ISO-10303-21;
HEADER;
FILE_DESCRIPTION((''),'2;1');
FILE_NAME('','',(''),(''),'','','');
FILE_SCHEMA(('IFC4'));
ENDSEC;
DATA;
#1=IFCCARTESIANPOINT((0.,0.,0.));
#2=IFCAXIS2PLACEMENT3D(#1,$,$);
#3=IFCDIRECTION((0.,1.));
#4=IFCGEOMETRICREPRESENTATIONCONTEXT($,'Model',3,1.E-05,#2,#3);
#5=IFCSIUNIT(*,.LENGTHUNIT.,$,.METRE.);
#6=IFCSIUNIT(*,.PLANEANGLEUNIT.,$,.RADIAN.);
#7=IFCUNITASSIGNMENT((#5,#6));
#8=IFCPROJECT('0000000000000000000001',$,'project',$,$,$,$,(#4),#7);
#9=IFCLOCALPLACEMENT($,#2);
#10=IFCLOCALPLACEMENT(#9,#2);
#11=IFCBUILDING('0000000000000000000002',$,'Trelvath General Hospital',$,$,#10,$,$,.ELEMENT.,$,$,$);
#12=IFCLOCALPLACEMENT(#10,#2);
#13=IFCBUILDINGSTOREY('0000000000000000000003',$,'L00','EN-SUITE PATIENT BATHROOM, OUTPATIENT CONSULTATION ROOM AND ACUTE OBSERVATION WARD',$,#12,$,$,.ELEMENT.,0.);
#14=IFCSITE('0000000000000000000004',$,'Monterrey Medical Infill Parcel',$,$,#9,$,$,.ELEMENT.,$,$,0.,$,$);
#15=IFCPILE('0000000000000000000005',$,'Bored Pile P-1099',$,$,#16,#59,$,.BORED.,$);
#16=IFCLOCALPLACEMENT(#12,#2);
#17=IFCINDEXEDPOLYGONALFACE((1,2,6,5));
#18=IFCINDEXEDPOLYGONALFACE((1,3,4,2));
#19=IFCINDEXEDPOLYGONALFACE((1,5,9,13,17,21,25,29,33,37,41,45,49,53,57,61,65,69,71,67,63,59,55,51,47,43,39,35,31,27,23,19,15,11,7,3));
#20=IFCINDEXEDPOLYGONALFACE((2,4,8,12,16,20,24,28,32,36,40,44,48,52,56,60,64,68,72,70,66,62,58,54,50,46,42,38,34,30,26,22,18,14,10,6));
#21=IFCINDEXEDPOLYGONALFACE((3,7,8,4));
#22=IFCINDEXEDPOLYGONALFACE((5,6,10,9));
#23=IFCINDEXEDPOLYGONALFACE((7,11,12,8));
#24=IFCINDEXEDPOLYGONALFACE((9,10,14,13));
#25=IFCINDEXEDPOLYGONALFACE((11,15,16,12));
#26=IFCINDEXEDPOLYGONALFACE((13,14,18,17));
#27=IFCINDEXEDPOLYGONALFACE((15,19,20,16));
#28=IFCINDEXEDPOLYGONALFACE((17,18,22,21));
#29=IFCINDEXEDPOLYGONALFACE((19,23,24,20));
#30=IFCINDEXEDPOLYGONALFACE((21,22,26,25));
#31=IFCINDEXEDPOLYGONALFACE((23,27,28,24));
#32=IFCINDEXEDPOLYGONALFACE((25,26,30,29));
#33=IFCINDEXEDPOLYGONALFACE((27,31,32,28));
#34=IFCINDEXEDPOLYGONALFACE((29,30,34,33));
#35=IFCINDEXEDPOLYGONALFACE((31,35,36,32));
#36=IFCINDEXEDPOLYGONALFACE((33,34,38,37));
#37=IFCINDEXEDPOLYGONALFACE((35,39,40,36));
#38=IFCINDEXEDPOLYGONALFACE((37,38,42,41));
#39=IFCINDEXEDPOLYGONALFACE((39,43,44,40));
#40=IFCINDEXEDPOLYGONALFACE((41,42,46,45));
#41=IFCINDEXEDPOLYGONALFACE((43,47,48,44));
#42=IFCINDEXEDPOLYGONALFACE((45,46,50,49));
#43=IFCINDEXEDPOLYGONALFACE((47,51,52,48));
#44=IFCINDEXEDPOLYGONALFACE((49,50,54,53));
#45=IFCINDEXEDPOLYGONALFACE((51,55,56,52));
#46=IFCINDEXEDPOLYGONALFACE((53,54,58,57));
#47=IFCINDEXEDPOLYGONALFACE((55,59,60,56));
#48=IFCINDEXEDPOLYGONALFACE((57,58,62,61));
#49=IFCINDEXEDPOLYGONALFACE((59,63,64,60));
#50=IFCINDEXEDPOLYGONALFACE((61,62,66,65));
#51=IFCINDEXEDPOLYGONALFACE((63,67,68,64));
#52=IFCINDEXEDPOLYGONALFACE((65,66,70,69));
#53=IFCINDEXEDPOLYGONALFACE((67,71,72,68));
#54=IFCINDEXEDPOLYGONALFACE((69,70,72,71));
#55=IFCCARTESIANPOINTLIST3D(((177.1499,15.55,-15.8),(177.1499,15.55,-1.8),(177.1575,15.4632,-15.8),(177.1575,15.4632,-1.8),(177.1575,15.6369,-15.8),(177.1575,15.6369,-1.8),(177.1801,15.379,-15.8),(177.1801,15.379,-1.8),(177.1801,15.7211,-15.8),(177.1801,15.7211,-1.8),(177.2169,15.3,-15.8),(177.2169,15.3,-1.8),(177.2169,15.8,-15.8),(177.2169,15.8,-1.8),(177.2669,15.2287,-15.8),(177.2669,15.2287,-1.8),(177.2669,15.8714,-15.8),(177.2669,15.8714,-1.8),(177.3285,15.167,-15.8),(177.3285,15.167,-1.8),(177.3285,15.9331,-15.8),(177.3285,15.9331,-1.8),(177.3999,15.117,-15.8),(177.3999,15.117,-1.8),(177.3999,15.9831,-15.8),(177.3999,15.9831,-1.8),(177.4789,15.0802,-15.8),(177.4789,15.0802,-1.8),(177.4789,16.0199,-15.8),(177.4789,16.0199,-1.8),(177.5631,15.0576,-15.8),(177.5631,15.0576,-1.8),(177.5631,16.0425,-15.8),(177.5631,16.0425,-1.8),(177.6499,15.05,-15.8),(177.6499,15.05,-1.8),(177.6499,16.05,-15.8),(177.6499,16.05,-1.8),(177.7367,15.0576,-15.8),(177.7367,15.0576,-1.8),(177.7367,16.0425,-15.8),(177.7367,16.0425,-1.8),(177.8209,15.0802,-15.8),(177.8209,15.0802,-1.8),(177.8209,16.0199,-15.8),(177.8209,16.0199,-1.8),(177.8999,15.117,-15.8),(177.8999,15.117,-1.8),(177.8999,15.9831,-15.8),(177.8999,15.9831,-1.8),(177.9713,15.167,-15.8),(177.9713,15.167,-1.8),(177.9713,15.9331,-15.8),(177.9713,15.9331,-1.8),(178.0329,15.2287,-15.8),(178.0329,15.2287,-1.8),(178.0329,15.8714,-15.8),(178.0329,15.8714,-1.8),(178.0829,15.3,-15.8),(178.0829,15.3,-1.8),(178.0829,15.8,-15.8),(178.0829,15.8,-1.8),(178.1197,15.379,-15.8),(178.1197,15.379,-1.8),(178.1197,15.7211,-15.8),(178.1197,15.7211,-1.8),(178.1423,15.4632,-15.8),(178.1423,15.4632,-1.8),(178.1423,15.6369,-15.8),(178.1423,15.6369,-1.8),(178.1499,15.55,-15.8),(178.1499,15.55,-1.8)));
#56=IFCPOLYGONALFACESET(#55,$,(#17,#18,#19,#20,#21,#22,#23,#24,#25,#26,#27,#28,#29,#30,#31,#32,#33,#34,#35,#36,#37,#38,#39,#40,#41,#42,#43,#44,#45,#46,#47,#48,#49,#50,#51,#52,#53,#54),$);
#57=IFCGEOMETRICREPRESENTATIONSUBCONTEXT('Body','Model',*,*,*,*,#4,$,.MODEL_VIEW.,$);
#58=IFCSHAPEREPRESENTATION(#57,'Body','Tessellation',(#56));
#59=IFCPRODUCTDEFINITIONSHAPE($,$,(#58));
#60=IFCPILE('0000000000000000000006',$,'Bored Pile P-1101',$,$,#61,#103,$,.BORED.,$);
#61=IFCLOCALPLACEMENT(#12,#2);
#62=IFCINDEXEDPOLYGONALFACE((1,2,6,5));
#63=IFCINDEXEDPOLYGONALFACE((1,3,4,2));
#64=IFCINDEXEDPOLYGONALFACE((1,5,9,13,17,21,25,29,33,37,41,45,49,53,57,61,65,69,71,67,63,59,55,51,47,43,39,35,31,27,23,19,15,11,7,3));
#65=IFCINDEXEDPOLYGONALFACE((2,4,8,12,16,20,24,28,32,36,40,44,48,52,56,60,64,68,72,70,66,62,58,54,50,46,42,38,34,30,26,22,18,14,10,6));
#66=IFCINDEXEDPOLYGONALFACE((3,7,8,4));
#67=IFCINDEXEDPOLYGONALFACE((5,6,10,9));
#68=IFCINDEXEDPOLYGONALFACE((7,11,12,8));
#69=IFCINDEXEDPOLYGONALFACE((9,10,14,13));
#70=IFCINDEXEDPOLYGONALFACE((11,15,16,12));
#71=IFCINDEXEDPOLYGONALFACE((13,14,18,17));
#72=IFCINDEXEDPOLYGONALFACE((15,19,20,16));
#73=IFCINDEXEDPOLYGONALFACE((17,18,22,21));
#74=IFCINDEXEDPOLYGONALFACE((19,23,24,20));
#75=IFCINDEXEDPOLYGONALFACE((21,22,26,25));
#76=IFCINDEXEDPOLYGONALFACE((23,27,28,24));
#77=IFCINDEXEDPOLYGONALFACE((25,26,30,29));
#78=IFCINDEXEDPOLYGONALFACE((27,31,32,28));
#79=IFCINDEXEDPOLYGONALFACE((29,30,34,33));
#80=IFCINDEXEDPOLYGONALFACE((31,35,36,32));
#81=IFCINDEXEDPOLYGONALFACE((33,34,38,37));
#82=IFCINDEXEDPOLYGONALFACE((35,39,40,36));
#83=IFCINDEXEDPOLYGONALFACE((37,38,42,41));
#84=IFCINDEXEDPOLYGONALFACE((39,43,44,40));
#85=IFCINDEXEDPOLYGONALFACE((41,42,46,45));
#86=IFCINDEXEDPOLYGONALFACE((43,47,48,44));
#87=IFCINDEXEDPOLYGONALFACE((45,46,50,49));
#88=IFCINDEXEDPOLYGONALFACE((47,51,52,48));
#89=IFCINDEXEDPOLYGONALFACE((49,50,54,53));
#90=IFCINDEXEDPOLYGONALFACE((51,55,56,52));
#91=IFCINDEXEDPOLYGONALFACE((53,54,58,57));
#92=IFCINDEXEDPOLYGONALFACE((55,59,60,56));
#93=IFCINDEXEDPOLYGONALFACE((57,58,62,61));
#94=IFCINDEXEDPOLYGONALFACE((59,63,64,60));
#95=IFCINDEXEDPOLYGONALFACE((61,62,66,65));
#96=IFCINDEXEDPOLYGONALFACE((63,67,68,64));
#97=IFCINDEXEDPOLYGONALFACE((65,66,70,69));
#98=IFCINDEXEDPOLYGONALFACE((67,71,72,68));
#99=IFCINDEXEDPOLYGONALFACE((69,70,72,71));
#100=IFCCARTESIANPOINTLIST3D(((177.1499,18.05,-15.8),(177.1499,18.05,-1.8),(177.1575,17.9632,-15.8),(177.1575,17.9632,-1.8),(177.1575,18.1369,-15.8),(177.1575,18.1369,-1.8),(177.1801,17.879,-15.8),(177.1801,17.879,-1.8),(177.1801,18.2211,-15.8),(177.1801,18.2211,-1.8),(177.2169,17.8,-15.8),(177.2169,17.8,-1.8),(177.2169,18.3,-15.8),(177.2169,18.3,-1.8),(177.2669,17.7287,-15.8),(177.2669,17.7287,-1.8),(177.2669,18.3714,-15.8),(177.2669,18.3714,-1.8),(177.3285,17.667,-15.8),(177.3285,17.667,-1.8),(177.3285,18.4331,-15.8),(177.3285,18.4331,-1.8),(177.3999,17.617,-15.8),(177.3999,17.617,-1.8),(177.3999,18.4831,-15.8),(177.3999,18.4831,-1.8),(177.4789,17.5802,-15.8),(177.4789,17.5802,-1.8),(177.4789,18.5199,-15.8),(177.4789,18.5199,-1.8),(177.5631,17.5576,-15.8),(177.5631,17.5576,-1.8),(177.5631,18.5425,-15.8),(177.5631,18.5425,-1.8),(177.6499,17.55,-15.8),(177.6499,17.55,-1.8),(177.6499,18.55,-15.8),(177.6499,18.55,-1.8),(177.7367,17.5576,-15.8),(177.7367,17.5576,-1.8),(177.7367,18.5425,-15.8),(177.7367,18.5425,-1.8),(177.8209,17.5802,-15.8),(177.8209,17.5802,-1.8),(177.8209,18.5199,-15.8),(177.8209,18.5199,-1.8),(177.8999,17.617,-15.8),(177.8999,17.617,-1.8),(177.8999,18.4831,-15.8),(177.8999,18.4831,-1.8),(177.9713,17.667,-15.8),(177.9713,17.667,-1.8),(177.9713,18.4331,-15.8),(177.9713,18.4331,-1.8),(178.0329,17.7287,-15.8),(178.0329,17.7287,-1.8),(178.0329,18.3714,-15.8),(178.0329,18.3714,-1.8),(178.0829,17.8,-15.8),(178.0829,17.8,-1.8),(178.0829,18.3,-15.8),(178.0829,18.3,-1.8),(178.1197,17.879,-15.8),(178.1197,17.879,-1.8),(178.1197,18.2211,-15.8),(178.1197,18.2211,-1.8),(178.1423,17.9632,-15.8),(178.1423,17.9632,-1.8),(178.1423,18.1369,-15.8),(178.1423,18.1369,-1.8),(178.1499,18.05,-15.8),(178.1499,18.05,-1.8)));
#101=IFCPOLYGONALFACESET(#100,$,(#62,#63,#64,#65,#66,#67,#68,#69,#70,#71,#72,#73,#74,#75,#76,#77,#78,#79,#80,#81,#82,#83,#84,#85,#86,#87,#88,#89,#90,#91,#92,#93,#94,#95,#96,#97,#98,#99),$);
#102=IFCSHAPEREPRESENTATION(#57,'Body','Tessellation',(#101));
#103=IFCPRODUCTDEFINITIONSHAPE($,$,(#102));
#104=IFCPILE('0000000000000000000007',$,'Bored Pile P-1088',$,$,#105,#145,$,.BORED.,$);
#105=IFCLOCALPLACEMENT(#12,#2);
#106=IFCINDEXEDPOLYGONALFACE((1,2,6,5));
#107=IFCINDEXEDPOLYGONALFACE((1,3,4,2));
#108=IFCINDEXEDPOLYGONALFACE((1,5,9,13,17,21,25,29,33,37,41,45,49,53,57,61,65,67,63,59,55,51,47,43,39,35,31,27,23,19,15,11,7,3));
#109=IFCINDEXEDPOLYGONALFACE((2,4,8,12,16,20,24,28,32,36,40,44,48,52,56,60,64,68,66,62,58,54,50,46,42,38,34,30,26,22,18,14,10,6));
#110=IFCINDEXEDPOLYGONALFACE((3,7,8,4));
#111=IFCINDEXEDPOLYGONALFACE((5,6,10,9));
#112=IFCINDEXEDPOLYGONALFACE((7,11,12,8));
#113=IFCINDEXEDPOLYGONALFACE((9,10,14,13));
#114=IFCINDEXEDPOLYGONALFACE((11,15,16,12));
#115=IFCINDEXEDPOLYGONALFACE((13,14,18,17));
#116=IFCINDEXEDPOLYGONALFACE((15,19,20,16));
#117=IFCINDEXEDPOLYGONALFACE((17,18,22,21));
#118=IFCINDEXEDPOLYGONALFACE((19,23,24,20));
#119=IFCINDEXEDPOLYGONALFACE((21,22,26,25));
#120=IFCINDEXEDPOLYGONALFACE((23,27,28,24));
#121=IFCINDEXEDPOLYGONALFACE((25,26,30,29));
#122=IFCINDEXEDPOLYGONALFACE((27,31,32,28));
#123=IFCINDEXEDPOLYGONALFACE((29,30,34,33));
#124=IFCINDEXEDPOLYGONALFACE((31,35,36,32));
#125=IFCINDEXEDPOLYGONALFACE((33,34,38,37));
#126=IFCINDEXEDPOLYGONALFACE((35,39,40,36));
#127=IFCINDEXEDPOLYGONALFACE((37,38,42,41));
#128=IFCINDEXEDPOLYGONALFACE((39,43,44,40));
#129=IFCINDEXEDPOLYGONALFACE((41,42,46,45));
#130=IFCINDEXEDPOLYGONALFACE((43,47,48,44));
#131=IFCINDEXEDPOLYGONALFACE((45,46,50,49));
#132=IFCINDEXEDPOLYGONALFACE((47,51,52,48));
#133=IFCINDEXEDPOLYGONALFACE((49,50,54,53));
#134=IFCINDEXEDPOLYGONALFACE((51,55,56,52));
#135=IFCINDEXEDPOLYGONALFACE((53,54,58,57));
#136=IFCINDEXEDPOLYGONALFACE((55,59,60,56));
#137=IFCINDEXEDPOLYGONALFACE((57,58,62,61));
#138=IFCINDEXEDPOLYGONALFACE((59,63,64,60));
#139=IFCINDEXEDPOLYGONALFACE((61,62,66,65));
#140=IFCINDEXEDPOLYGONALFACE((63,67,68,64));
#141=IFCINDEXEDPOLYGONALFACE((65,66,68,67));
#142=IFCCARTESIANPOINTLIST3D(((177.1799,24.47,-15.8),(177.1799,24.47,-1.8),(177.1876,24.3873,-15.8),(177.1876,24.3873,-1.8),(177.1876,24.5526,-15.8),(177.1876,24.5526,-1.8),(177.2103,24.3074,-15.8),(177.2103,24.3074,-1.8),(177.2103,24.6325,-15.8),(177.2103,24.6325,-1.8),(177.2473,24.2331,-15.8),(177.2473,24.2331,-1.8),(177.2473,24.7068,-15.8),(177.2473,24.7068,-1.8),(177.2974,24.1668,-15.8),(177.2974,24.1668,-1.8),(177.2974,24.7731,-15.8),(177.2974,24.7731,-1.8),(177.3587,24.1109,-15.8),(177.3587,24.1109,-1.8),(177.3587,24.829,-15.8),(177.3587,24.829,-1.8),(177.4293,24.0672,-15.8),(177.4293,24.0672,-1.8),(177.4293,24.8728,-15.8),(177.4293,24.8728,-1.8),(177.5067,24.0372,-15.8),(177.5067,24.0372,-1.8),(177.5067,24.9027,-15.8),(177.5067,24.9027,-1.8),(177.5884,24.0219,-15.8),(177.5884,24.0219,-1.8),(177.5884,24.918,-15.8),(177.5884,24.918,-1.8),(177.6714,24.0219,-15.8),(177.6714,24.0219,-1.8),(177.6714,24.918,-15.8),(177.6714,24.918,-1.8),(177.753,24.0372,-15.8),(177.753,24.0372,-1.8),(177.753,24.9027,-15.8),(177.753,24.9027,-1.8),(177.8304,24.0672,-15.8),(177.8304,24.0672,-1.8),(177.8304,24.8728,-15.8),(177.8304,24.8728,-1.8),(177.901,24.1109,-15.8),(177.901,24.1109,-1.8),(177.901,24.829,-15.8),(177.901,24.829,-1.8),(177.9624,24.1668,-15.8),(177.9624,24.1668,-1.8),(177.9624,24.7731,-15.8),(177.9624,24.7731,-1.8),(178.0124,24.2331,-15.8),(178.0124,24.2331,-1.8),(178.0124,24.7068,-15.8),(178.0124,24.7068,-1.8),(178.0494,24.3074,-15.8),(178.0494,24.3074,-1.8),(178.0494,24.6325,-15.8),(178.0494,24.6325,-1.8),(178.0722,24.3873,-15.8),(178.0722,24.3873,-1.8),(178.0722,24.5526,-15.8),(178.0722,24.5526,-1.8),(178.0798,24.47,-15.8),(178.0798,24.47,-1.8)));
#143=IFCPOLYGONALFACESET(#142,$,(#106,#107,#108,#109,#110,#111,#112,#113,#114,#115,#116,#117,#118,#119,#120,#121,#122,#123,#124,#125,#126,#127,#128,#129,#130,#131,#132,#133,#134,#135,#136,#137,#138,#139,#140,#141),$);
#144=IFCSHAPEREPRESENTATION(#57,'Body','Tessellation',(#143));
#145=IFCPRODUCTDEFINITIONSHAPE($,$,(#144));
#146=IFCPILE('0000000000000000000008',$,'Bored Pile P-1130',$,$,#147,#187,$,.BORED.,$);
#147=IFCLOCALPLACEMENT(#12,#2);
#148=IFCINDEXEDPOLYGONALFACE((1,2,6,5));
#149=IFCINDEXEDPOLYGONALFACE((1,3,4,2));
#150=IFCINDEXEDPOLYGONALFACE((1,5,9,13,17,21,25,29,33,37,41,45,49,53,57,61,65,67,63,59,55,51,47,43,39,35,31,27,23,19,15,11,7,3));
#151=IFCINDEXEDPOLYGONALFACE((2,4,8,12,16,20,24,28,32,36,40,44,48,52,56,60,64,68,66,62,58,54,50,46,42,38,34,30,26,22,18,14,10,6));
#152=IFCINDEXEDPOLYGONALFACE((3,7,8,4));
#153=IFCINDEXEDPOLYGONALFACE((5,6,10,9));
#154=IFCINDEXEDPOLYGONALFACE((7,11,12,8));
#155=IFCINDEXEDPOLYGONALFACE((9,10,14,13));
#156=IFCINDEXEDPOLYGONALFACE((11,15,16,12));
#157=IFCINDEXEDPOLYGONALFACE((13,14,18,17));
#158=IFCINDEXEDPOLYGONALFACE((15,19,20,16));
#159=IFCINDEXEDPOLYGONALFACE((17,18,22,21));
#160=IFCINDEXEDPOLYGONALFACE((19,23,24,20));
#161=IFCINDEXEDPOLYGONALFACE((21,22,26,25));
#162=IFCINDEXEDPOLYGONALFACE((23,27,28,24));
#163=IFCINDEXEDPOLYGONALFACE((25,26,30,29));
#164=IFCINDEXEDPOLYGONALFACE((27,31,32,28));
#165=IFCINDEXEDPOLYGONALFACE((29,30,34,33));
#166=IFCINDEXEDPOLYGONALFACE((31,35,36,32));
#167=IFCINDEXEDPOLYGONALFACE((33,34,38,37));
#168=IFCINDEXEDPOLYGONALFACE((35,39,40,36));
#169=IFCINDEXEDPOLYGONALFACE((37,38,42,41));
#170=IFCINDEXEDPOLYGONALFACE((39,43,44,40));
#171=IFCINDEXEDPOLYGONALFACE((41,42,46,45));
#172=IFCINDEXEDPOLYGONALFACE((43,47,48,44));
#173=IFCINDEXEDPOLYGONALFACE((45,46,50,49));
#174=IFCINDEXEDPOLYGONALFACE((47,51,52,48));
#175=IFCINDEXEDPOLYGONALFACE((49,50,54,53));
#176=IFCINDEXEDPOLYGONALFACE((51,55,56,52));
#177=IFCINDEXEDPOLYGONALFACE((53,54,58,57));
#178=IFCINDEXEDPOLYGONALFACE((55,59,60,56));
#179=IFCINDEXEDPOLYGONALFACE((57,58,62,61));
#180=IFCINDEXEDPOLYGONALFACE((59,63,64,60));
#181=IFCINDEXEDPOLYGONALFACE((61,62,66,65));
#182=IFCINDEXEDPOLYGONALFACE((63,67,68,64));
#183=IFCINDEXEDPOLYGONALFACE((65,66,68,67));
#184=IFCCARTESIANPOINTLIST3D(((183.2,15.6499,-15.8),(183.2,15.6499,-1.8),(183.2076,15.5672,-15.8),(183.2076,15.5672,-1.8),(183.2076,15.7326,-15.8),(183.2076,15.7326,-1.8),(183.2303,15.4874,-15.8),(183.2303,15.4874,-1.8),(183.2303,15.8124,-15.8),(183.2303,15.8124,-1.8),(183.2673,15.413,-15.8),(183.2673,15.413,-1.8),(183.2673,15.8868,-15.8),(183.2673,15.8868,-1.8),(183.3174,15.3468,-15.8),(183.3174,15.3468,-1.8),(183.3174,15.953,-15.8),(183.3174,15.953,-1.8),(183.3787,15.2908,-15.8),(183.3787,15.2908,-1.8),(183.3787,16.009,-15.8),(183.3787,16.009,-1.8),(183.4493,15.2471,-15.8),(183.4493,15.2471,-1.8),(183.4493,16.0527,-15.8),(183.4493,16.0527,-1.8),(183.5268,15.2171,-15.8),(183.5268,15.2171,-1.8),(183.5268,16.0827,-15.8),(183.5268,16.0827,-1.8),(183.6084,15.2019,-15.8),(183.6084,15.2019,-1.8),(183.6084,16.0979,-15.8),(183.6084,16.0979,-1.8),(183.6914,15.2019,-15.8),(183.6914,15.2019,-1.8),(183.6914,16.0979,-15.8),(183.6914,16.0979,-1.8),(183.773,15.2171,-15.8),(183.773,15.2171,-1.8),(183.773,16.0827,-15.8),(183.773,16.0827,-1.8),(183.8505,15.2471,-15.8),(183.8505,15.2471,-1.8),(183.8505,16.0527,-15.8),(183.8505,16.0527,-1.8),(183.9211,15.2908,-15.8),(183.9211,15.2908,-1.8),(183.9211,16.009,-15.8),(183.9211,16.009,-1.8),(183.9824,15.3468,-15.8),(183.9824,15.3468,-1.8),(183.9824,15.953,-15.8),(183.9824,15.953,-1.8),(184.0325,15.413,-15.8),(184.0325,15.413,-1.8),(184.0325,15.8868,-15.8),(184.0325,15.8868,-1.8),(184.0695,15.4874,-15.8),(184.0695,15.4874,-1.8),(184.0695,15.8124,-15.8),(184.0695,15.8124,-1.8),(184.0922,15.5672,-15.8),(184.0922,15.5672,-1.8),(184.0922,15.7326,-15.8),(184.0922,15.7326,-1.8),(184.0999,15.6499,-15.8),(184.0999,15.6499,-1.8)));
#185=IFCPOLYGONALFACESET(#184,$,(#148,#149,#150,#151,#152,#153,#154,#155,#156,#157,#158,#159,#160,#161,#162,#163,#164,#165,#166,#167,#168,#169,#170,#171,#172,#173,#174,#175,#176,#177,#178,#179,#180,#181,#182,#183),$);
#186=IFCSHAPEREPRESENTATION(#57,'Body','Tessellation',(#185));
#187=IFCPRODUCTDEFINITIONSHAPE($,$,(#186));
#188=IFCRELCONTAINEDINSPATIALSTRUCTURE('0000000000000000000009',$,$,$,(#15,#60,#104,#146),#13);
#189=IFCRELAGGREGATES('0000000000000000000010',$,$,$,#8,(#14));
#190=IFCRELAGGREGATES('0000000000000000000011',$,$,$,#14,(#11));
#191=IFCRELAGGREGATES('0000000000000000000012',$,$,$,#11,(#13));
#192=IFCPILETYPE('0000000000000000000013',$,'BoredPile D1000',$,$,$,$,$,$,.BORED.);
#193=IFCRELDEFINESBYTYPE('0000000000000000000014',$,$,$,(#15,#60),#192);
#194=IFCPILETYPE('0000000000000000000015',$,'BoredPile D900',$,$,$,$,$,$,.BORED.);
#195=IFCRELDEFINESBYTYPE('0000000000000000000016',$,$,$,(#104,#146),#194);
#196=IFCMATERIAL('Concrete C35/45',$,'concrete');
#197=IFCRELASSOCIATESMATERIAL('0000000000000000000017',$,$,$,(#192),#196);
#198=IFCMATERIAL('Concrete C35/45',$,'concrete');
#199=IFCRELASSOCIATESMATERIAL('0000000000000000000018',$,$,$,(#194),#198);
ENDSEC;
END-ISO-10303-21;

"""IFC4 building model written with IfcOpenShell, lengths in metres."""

from ifc_helpers import new_model, si_unit, direction, frame, origin, origin_2d, place, context, subcontext, project, spatial, circle, extrude, material, material_profile, profile_set, type_object, element, save


model = new_model("IFC4")

# Units and contexts
model_context = context("Model", 3, precision=1e-05, world=origin(), true_north=direction((0.0, 1.0)))
body_context = subcontext(model_context, "Body", "Model", "MODEL_VIEW")
ifc_project = project(units=[si_unit("LENGTHUNIT", "METRE"), si_unit("PLANEANGLEUNIT", "RADIAN")], contexts=[model_context])

# Site, building, storey
site_placement = place(None, origin())
site = spatial("IfcSite", under=ifc_project, at=site_placement, Name="Monterrey Medical Infill Parcel", CompositionType="ELEMENT", RefElevation=0.0)
building_placement = place(site_placement, origin())
building = spatial("IfcBuilding", under=site, at=building_placement, Name="Trelvath General Hospital", CompositionType="ELEMENT")
storey_placement = place(building_placement, origin())
storey = spatial("IfcBuildingStorey", under=building, at=storey_placement, Name="L00", Description="EN-SUITE PATIENT BATHROOM, OUTPATIENT CONSULTATION ROOM AND ACUTE OBSERVATION WARD", CompositionType="ELEMENT", Elevation=0.0)

# Piles
ifc_material_1 = material(Name="Concrete C35/45", Category="concrete")
ifc_material_profile_1 = material_profile(ifc_material_1, circle(Radius=0.5, at=origin_2d()), Name="PILE1000")
ifc_profile_set_1 = profile_set([ifc_material_profile_1], Name="Concrete C35/45")
pile_type_1 = type_object("IfcPileType", Name="BoredPile D1000", PredefinedType="BORED", material=ifc_profile_set_1)
for number, where, z_axis, x_axis, name in (
    (1, (177.6499, 15.55, -1.8), (0.0, 0.0, -1.0), (1.0, 0.0, 0.0), "Bored Pile P-1099"),
    (2, (177.6499, 18.05, -1.8), (0.0, 0.0, -1.0), (1.0, 0.0, 0.0), "Bored Pile P-1101"),
):
    element("IfcPile", number, at=place(storey_placement, frame(where, z_axis=z_axis, x_axis=x_axis)), inside=storey, type_object=pile_type_1, Name=name, PredefinedType="BORED", context=body_context, shape_type="SweptSolid", body=[
        extrude(circle(Radius=0.5, at=origin_2d()), origin(), (0.0, 0.0, 1.0), 14.0),
    ])
ifc_material_2 = material(Name="Concrete C35/45", Category="concrete")
ifc_material_profile_2 = material_profile(ifc_material_2, circle(Radius=0.45, at=origin_2d()), Name="PILE900")
ifc_profile_set_2 = profile_set([ifc_material_profile_2], Name="Concrete C35/45")
pile_type_2 = type_object("IfcPileType", Name="BoredPile D900", PredefinedType="BORED", material=ifc_profile_set_2)
for number, where, z_axis, x_axis, name in (
    (3, (177.6299, 24.47, -1.8), (0.0, 0.0, -1.0), (1.0, 0.0, 0.0), "Bored Pile P-1088"),
    (4, (183.6499, 15.6499, -1.8), (0.0, 0.0, -1.0), (1.0, 0.0, 0.0), "Bored Pile P-1130"),
):
    element("IfcPile", number, at=place(storey_placement, frame(where, z_axis=z_axis, x_axis=x_axis)), inside=storey, type_object=pile_type_2, Name=name, PredefinedType="BORED", context=body_context, shape_type="SweptSolid", body=[
        extrude(circle(Radius=0.45, at=origin_2d()), origin(), (0.0, 0.0, 1.0), 14.0),
    ])

save(model, "model.ifc")
